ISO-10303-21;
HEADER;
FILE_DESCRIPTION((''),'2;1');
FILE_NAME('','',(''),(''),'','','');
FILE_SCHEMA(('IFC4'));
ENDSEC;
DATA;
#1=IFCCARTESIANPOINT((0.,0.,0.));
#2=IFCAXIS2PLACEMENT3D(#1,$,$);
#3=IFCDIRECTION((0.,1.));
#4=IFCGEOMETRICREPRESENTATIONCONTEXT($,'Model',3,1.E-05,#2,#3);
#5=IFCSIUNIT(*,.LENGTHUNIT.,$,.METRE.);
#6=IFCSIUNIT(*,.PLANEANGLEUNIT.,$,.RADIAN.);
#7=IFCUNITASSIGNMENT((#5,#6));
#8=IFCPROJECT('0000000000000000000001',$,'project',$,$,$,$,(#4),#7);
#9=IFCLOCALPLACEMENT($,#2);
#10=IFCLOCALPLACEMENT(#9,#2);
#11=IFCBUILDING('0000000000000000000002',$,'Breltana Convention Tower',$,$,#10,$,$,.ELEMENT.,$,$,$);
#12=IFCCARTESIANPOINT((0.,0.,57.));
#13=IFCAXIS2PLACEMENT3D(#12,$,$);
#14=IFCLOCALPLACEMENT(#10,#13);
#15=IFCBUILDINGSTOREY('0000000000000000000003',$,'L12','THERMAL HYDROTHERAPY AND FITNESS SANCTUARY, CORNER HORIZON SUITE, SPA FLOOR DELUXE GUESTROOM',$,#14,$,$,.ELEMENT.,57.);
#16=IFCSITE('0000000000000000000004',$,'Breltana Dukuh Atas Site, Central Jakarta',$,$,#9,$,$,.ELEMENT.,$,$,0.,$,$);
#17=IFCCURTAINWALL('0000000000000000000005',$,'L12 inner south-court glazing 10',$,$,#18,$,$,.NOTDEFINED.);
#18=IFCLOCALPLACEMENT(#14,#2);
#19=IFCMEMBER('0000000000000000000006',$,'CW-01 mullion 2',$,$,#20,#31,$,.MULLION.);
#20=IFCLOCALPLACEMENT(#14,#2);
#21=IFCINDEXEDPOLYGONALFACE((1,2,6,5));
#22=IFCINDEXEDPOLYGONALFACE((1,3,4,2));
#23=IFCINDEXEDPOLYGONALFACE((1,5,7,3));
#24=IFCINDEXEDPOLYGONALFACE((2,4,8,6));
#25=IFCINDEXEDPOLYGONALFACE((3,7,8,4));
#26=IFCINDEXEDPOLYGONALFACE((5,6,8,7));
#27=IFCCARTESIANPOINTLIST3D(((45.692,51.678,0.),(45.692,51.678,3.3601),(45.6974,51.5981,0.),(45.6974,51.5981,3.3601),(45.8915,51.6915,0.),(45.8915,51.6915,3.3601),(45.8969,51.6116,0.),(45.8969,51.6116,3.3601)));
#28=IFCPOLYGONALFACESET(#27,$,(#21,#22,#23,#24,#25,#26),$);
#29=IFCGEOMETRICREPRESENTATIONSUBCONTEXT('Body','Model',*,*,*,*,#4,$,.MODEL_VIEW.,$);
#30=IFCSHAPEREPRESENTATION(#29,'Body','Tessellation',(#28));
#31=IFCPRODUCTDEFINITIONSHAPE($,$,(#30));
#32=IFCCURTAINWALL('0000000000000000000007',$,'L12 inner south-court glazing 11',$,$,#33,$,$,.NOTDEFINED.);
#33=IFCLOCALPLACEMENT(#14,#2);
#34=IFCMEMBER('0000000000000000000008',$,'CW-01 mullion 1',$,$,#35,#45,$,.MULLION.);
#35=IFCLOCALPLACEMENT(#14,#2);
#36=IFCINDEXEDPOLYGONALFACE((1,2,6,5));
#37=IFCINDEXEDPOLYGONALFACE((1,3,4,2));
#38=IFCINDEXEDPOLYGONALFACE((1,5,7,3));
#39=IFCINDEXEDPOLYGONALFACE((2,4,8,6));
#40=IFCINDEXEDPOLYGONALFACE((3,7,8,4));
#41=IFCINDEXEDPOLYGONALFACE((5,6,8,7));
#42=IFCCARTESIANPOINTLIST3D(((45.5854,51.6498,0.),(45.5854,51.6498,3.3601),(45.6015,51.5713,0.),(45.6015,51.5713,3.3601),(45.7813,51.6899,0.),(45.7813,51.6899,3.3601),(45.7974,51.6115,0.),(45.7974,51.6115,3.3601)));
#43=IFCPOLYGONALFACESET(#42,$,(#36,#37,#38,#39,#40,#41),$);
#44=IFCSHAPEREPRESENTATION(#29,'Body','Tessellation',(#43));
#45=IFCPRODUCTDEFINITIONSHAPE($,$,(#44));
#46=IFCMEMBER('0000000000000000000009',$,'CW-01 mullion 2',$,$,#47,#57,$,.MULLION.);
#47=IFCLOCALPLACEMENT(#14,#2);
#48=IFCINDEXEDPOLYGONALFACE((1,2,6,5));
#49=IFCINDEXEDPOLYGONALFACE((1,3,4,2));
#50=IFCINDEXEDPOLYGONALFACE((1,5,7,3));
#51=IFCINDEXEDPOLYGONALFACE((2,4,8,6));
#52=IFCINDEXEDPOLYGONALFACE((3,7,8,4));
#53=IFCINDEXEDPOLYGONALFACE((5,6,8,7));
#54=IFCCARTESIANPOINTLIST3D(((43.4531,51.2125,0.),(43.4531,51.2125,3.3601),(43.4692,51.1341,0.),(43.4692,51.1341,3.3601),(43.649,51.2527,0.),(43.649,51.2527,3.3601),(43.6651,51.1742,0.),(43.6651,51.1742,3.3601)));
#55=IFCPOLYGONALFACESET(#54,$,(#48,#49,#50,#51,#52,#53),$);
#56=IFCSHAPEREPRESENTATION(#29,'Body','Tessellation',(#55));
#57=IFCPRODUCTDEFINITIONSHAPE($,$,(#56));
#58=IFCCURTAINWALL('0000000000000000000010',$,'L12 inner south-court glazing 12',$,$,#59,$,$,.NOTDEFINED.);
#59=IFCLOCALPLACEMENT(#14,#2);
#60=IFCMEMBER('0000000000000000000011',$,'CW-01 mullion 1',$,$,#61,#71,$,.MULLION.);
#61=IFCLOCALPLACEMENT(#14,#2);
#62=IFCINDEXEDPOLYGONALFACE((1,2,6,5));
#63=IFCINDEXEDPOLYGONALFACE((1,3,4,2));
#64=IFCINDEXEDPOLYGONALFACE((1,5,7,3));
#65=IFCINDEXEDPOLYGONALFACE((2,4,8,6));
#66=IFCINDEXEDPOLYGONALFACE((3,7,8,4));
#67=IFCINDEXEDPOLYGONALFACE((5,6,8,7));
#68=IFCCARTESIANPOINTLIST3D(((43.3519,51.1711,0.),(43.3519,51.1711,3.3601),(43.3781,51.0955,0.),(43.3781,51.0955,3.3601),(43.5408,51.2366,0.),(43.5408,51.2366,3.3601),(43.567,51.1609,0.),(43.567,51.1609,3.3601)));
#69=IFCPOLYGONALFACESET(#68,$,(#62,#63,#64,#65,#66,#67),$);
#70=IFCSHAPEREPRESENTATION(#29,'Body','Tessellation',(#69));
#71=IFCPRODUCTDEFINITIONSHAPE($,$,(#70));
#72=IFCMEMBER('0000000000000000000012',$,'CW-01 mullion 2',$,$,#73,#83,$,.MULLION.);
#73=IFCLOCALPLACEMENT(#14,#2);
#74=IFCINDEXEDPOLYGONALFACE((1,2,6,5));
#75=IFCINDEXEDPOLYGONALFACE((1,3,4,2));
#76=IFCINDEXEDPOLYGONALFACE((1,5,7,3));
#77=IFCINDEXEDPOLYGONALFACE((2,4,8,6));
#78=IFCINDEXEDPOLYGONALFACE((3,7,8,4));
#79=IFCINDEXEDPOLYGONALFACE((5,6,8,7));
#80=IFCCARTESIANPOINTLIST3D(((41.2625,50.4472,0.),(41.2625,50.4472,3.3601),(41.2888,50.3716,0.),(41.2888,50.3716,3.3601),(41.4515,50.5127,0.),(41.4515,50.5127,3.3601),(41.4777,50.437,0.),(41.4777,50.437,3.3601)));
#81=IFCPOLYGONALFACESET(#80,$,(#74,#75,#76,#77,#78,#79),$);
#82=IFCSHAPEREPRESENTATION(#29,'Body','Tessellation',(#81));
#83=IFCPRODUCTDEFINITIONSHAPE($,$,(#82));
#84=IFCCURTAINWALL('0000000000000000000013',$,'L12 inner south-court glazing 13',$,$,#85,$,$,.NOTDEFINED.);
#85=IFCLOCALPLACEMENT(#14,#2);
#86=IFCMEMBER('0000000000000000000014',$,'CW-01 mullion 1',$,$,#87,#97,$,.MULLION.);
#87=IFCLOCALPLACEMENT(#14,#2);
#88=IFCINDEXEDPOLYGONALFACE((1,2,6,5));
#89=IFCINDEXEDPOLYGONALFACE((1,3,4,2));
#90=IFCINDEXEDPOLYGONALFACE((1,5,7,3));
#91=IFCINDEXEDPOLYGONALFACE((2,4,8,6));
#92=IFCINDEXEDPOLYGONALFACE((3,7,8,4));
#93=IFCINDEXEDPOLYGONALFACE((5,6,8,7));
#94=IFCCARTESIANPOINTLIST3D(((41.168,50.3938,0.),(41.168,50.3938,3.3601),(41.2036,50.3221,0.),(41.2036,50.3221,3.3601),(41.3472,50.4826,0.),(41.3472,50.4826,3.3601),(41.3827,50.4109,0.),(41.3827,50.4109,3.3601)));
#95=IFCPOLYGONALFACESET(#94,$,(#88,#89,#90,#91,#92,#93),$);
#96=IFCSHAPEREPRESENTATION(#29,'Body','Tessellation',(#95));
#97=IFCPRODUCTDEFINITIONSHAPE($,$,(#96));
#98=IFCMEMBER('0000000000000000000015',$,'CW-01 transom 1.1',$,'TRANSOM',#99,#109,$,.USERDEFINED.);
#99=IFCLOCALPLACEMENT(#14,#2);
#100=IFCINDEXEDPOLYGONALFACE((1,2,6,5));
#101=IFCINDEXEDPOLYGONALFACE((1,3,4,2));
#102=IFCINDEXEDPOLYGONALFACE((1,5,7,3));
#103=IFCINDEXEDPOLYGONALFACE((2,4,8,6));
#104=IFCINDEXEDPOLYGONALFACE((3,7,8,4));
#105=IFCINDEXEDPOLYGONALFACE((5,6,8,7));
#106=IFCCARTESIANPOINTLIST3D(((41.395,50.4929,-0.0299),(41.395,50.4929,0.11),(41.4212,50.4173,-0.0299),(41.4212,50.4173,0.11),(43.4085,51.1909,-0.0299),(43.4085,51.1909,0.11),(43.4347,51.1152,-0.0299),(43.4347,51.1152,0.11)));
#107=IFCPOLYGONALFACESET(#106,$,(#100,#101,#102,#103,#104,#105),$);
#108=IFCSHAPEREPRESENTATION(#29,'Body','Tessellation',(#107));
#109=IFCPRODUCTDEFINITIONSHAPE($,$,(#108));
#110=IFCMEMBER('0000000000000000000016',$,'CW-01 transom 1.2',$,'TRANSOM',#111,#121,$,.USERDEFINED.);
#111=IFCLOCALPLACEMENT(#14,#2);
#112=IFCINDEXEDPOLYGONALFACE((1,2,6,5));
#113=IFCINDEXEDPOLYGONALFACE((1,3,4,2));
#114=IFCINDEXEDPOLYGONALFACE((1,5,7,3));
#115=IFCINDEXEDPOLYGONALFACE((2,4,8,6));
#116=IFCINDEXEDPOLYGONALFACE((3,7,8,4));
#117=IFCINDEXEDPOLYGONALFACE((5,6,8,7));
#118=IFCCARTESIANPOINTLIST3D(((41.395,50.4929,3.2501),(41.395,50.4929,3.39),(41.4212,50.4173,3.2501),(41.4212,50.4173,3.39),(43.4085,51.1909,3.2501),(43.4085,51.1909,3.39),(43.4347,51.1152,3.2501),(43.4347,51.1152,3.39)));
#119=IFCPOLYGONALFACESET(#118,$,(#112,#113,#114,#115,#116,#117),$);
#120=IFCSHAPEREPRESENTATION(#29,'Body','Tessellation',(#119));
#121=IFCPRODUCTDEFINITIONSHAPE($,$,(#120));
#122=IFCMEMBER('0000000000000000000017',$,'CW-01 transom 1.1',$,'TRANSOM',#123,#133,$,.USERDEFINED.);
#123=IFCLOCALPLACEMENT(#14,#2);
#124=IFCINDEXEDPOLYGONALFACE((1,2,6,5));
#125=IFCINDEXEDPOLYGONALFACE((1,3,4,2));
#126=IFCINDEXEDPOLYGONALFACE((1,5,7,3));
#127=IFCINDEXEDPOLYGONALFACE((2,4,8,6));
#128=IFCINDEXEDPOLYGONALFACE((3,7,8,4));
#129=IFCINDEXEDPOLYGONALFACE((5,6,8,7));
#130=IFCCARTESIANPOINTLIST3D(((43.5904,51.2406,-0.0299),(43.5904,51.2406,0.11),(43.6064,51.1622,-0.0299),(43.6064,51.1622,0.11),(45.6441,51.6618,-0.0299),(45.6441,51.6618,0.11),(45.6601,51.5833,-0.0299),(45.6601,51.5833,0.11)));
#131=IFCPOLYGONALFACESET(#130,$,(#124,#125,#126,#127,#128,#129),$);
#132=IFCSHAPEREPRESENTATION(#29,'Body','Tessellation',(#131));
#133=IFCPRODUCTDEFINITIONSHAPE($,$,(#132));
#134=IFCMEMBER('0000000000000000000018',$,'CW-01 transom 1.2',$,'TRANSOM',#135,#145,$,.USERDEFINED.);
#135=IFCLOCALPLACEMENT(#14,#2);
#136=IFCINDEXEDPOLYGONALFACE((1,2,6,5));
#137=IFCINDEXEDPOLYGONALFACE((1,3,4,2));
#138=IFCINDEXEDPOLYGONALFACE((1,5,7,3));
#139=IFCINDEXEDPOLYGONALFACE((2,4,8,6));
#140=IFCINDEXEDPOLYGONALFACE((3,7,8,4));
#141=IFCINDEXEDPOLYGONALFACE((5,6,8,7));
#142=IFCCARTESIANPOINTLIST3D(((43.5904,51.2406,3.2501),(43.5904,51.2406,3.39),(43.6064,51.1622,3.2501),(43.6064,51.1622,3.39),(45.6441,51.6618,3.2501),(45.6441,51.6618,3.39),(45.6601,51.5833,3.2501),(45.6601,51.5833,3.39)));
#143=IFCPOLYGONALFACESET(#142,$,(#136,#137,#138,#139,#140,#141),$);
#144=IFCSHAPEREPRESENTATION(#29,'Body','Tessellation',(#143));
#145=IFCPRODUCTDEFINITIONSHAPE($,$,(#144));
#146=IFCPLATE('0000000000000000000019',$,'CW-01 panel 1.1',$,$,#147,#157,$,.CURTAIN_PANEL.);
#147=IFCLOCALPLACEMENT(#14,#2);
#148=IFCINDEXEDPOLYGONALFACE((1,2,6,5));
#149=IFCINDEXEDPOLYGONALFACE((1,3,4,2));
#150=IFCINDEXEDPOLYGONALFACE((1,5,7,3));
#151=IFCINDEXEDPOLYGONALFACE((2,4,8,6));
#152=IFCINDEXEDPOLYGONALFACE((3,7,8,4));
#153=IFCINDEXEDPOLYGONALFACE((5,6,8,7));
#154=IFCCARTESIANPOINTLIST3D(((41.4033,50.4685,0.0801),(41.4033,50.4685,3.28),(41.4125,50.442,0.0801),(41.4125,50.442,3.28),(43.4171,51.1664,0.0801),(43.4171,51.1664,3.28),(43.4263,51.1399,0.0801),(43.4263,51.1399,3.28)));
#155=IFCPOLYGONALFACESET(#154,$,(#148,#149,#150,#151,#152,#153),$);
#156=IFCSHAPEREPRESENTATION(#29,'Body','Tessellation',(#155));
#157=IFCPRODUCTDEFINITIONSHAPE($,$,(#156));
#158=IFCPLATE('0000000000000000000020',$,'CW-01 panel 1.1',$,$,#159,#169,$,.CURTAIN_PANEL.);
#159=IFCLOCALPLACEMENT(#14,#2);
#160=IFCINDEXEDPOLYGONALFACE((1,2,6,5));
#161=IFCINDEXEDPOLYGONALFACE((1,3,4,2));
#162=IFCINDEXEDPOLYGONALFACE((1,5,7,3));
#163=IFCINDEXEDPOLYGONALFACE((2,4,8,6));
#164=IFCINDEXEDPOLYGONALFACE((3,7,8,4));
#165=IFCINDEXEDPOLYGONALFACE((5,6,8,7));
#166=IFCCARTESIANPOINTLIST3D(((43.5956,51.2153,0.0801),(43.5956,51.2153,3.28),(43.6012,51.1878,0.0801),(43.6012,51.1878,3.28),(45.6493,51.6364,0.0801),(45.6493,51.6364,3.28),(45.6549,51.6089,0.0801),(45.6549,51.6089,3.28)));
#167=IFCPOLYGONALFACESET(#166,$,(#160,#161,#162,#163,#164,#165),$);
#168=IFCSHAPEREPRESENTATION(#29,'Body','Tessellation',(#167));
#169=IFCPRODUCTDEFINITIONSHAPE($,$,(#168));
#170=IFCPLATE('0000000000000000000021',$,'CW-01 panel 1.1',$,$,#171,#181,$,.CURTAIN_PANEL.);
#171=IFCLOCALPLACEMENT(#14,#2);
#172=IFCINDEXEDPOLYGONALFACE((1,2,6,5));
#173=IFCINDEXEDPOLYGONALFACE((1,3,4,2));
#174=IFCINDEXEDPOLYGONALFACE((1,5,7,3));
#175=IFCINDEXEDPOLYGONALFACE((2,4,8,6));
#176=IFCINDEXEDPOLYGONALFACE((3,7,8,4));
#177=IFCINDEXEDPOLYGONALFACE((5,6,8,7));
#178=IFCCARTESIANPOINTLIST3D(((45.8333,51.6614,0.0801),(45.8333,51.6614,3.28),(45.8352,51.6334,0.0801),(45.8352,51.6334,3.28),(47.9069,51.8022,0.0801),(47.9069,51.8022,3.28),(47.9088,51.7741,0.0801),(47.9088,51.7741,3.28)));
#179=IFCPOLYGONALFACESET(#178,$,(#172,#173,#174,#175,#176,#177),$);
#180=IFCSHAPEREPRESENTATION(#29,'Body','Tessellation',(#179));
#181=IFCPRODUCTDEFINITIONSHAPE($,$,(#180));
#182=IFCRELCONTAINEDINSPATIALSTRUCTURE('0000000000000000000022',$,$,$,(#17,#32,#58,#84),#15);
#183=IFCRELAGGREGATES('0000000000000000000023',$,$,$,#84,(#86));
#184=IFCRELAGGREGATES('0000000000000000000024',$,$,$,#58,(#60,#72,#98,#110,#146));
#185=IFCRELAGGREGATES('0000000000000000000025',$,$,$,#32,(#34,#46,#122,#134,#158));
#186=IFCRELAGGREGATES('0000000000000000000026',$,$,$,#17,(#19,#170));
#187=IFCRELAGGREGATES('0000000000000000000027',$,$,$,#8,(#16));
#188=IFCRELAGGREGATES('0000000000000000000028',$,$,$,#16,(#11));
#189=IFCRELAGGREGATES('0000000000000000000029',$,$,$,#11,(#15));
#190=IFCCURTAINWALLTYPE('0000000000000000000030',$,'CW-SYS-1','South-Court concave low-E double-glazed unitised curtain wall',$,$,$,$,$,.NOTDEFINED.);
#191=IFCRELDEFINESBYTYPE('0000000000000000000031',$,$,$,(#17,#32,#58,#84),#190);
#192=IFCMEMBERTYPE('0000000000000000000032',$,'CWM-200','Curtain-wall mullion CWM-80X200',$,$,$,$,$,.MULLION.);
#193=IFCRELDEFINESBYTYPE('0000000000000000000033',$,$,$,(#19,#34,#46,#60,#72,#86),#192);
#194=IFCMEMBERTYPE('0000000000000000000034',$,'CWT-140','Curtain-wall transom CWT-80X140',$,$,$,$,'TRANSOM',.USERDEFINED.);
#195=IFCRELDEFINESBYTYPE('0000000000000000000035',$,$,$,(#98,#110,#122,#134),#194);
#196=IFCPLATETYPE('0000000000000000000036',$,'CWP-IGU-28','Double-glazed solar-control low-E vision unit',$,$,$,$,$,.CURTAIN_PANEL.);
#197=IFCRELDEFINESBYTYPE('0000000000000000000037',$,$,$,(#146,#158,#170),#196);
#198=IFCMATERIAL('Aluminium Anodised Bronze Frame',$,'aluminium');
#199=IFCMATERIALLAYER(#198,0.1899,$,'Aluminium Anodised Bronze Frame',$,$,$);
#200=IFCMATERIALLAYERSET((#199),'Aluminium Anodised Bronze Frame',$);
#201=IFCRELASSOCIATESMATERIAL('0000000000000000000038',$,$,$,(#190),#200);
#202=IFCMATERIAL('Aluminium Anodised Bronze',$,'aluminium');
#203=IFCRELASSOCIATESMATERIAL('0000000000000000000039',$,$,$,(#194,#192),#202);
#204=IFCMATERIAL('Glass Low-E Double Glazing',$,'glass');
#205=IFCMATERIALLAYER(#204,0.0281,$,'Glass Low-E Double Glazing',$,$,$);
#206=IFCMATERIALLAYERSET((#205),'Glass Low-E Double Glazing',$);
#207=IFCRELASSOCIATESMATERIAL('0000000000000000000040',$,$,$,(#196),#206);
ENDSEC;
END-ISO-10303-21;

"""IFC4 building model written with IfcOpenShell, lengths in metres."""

from ifc_helpers import new_model, si_unit, direction, frame, origin, origin_2d, place, context, subcontext, project, spatial, rectangle, extrude, source, transform, mapped, material, layer, layer_set, material_profile, profile_set, type_object, element, aggregate, save


model = new_model("IFC4")

# Units and contexts
model_context = context("Model", 3, precision=1e-05, world=origin(), true_north=direction((0.0, 1.0)))
body_context = subcontext(model_context, "Body", "Model", "MODEL_VIEW")
ifc_project = project(units=[si_unit("LENGTHUNIT", "METRE"), si_unit("PLANEANGLEUNIT", "RADIAN")], contexts=[model_context])

# Site, building, storey
site_placement = place(None, origin())
site = spatial("IfcSite", under=ifc_project, at=site_placement, Name="Breltana Dukuh Atas Site, Central Jakarta", CompositionType="ELEMENT", RefElevation=0.0)
building_placement = place(site_placement, origin())
building = spatial("IfcBuilding", under=site, at=building_placement, Name="Breltana Convention Tower", CompositionType="ELEMENT")
storey_placement = place(building_placement, frame((0.0, 0.0, 57.0)))
storey = spatial("IfcBuildingStorey", under=building, at=storey_placement, Name="L12", Description="THERMAL HYDROTHERAPY AND FITNESS SANCTUARY, CORNER HORIZON SUITE, SPA FLOOR DELUXE GUESTROOM", CompositionType="ELEMENT", Elevation=57.0)

# Curtain walls, members
ifc_material_1 = material(Name="Aluminium Anodised Bronze Frame", Category="aluminium")
ifc_layer_1 = layer(ifc_material_1, 0.1899, Name="Aluminium Anodised Bronze Frame")
ifc_layer_set_1 = layer_set([ifc_layer_1], Name="Aluminium Anodised Bronze Frame")
curtain_wall_type = type_object("IfcCurtainWallType", Name="CW-SYS-1", Description="South-Court concave low-E double-glazed unitised curtain wall", PredefinedType="NOTDEFINED", material=ifc_layer_set_1)
curtain_wall_1_placement = place(storey_placement, origin())
curtain_wall_1 = element("IfcCurtainWall", 1, at=curtain_wall_1_placement, inside=storey, type_object=curtain_wall_type, Name="L12 inner south-court glazing 10", PredefinedType="NOTDEFINED")
ifc_material_2 = material(Name="Aluminium Anodised Bronze", Category="aluminium")
ifc_material_profile_1 = material_profile(ifc_material_2, rectangle(XDim=0.0801, YDim=0.1399, at=origin_2d()), Name="CWT-80X140")
ifc_profile_set_1 = profile_set([ifc_material_profile_1], Name="Aluminium Anodised Bronze")
member_type_1 = type_object("IfcMemberType", Name="CWT-140", Description="Curtain-wall transom CWT-80X140", ElementType="TRANSOM", PredefinedType="USERDEFINED", material=ifc_profile_set_1)
ifc_material_profile_2 = material_profile(ifc_material_2, rectangle(XDim=0.0801, YDim=0.2, at=origin_2d()), Name="CWM-80X200")
ifc_profile_set_2 = profile_set([ifc_material_profile_2], Name="Aluminium Anodised Bronze")
member_type_2 = type_object("IfcMemberType", Name="CWM-200", Description="Curtain-wall mullion CWM-80X200", PredefinedType="MULLION", material=ifc_profile_set_2)
shared_shape_1 = source(origin(), body_context, "Body", "SweptSolid", [
    extrude(rectangle(XDim=0.0801, YDim=0.2, at=origin_2d()), origin(), (0.0, 0.0, 1.0), 3.3601),
])
member_1_placement = place(storey_placement, frame((45.7944, 51.6448, 0.0), z_axis=(0.0, 0.0, 1.0), x_axis=(0.067726, -0.997704, 0.0)))
member_1 = element("IfcMember", 2, at=member_1_placement, type_object=member_type_2, Name="CW-01 mullion 2", PredefinedType="MULLION", context=body_context, shape_type="MappedRepresentation", body=[
    mapped(shared_shape_1, transform((0.0, 0.0, 0.0), scale=1.0)),
])
curtain_wall_2_placement = place(storey_placement, origin())
curtain_wall_2 = element("IfcCurtainWall", 3, at=curtain_wall_2_placement, inside=storey, type_object=curtain_wall_type, Name="L12 inner south-court glazing 11", PredefinedType="NOTDEFINED")
member_2_placement = place(storey_placement, frame((45.6914, 51.6306, 0.0), z_axis=(0.0, 0.0, 1.0), x_axis=(0.200886, -0.979615, 0.0)))
member_2 = element("IfcMember", 4, at=member_2_placement, type_object=member_type_2, Name="CW-01 mullion 1", PredefinedType="MULLION", context=body_context, shape_type="MappedRepresentation", body=[
    mapped(shared_shape_1, transform((0.0, 0.0, 0.0), scale=1.0)),
])
member_3_placement = place(storey_placement, frame((43.5591, 51.1934, 0.0), z_axis=(0.0, 0.0, 1.0), x_axis=(0.200886, -0.979615, 0.0)))
member_3 = element("IfcMember", 5, at=member_3_placement, type_object=member_type_2, Name="CW-01 mullion 2", PredefinedType="MULLION", context=body_context, shape_type="MappedRepresentation", body=[
    mapped(shared_shape_1, transform((0.0, 0.0, 0.0), scale=1.0)),
])
curtain_wall_3_placement = place(storey_placement, origin())
curtain_wall_3 = element("IfcCurtainWall", 6, at=curtain_wall_3_placement, inside=storey, type_object=curtain_wall_type, Name="L12 inner south-court glazing 12", PredefinedType="NOTDEFINED")
member_4_placement = place(storey_placement, frame((43.4595, 51.166, 0.0), z_axis=(0.0, 0.0, 1.0), x_axis=(0.327413, -0.944881, 0.0)))
member_4 = element("IfcMember", 7, at=member_4_placement, type_object=member_type_2, Name="CW-01 mullion 1", PredefinedType="MULLION", context=body_context, shape_type="MappedRepresentation", body=[
    mapped(shared_shape_1, transform((0.0, 0.0, 0.0), scale=1.0)),
])
member_5_placement = place(storey_placement, frame((41.3701, 50.4421, 0.0), z_axis=(0.0, 0.0, 1.0), x_axis=(0.327413, -0.944881, 0.0)))
member_5 = element("IfcMember", 8, at=member_5_placement, type_object=member_type_2, Name="CW-01 mullion 2", PredefinedType="MULLION", context=body_context, shape_type="MappedRepresentation", body=[
    mapped(shared_shape_1, transform((0.0, 0.0, 0.0), scale=1.0)),
])

# Curtain wall, member
curtain_wall_4_placement = place(storey_placement, origin())
curtain_wall_4 = element("IfcCurtainWall", 9, at=curtain_wall_4_placement, inside=storey, type_object=curtain_wall_type, Name="L12 inner south-court glazing 13", PredefinedType="NOTDEFINED")
member_6_placement = place(storey_placement, frame((41.2754, 50.4023, 0.0), z_axis=(0.0, 0.0, 1.0), x_axis=(0.444118, -0.895968, 0.0)))
member_6 = element("IfcMember", 10, at=member_6_placement, type_object=member_type_2, Name="CW-01 mullion 1", PredefinedType="MULLION", context=body_context, shape_type="MappedRepresentation", body=[
    mapped(shared_shape_1, transform((0.0, 0.0, 0.0), scale=1.0)),
])
aggregate(curtain_wall_4, [member_6])

# Members
shared_shape_2 = source(origin(), body_context, "Body", "SweptSolid", [
    extrude(rectangle(XDim=0.0801, YDim=0.1399, at=origin_2d()), origin(), (0.0, 0.0, 1.0), 2.1311),
])
member_7_placement = place(storey_placement, frame((43.4216, 51.1531, 0.04), z_axis=(-0.944847, -0.327512, 0.0), x_axis=(0.327512, -0.944847, 0.0)))
member_7 = element("IfcMember", 11, at=member_7_placement, type_object=member_type_1, Name="CW-01 transom 1.1", ObjectType="TRANSOM", PredefinedType="USERDEFINED", context=body_context, shape_type="MappedRepresentation", body=[
    mapped(shared_shape_2, transform((0.0, 0.0, 0.0), scale=1.0)),
])
member_8_placement = place(storey_placement, frame((43.4216, 51.1531, 3.3201), z_axis=(-0.944847, -0.327512, 0.0), x_axis=(0.327512, -0.944847, 0.0)))
member_8 = element("IfcMember", 12, at=member_8_placement, type_object=member_type_1, Name="CW-01 transom 1.2", ObjectType="TRANSOM", PredefinedType="USERDEFINED", context=body_context, shape_type="MappedRepresentation", body=[
    mapped(shared_shape_2, transform((0.0, 0.0, 0.0), scale=1.0)),
])
shared_shape_3 = source(origin(), body_context, "Body", "SweptSolid", [
    extrude(rectangle(XDim=0.0801, YDim=0.1399, at=origin_2d()), origin(), (0.0, 0.0, 1.0), 2.0964),
])
member_9_placement = place(storey_placement, frame((45.6521, 51.6226, 0.04), z_axis=(-0.979615, -0.200884, 0.0), x_axis=(0.200884, -0.979615, 0.0)))
member_9 = element("IfcMember", 13, at=member_9_placement, type_object=member_type_1, Name="CW-01 transom 1.1", ObjectType="TRANSOM", PredefinedType="USERDEFINED", context=body_context, shape_type="MappedRepresentation", body=[
    mapped(shared_shape_3, transform((0.0, 0.0, 0.0), scale=1.0)),
])
member_10_placement = place(storey_placement, frame((45.6521, 51.6226, 3.3201), z_axis=(-0.979615, -0.200884, 0.0), x_axis=(0.200884, -0.979615, 0.0)))
member_10 = element("IfcMember", 14, at=member_10_placement, type_object=member_type_1, Name="CW-01 transom 1.2", ObjectType="TRANSOM", PredefinedType="USERDEFINED", context=body_context, shape_type="MappedRepresentation", body=[
    mapped(shared_shape_3, transform((0.0, 0.0, 0.0), scale=1.0)),
])

# Plates
ifc_material_3 = material(Name="Glass Low-E Double Glazing", Category="glass")
ifc_layer_2 = layer(ifc_material_3, 0.0281, Name="Glass Low-E Double Glazing")
ifc_layer_set_2 = layer_set([ifc_layer_2], Name="Glass Low-E Double Glazing")
plate_type = type_object("IfcPlateType", Name="CWP-IGU-28", Description="Double-glazed solar-control low-E vision unit", PredefinedType="CURTAIN_PANEL", material=ifc_layer_set_2)
shared_shape_4 = source(origin(), body_context, "Body", "SweptSolid", [
    extrude(rectangle(XDim=2.1313, YDim=0.0281, at=origin_2d()), origin(), (0.0, 0.0, 1.0), 3.2),
])
plate_1_placement = place(storey_placement, frame((42.4148, 50.8042, 0.0801), z_axis=(0.0, 0.0, 1.0), x_axis=(-0.944881, -0.327413, 0.0)))
plate_1 = element("IfcPlate", 15, at=plate_1_placement, type_object=plate_type, Name="CW-01 panel 1.1", PredefinedType="CURTAIN_PANEL", context=body_context, shape_type="MappedRepresentation", body=[
    mapped(shared_shape_4, transform((0.0, 0.0, 0.0), scale=1.0)),
])
aggregate(curtain_wall_3, [member_4, member_5, member_7, member_8, plate_1])
shared_shape_5 = source(origin(), body_context, "Body", "SweptSolid", [
    extrude(rectangle(XDim=2.0964, YDim=0.0281, at=origin_2d()), origin(), (0.0, 0.0, 1.0), 3.2),
])
plate_2_placement = place(storey_placement, frame((44.6252, 51.4121, 0.0801), z_axis=(0.0, 0.0, 1.0), x_axis=(-0.979615, -0.200886, 0.0)))
plate_2 = element("IfcPlate", 16, at=plate_2_placement, type_object=plate_type, Name="CW-01 panel 1.1", PredefinedType="CURTAIN_PANEL", context=body_context, shape_type="MappedRepresentation", body=[
    mapped(shared_shape_5, transform((0.0, 0.0, 0.0), scale=1.0)),
])
aggregate(curtain_wall_2, [member_2, member_3, member_9, member_10, plate_2])
shared_shape_6 = source(origin(), body_context, "Body", "SweptSolid", [
    extrude(rectangle(XDim=2.0784, YDim=0.0281, at=origin_2d()), origin(), (0.0, 0.0, 1.0), 3.2),
])
plate_3_placement = place(storey_placement, frame((46.8711, 51.7178, 0.0801), z_axis=(0.0, 0.0, 1.0), x_axis=(-0.997704, -0.067726, 0.0)))
plate_3 = element("IfcPlate", 17, at=plate_3_placement, type_object=plate_type, Name="CW-01 panel 1.1", PredefinedType="CURTAIN_PANEL", context=body_context, shape_type="MappedRepresentation", body=[
    mapped(shared_shape_6, transform((0.0, 0.0, 0.0), scale=1.0)),
])
aggregate(curtain_wall_1, [member_1, plate_3])

save(model, "model.ifc")
